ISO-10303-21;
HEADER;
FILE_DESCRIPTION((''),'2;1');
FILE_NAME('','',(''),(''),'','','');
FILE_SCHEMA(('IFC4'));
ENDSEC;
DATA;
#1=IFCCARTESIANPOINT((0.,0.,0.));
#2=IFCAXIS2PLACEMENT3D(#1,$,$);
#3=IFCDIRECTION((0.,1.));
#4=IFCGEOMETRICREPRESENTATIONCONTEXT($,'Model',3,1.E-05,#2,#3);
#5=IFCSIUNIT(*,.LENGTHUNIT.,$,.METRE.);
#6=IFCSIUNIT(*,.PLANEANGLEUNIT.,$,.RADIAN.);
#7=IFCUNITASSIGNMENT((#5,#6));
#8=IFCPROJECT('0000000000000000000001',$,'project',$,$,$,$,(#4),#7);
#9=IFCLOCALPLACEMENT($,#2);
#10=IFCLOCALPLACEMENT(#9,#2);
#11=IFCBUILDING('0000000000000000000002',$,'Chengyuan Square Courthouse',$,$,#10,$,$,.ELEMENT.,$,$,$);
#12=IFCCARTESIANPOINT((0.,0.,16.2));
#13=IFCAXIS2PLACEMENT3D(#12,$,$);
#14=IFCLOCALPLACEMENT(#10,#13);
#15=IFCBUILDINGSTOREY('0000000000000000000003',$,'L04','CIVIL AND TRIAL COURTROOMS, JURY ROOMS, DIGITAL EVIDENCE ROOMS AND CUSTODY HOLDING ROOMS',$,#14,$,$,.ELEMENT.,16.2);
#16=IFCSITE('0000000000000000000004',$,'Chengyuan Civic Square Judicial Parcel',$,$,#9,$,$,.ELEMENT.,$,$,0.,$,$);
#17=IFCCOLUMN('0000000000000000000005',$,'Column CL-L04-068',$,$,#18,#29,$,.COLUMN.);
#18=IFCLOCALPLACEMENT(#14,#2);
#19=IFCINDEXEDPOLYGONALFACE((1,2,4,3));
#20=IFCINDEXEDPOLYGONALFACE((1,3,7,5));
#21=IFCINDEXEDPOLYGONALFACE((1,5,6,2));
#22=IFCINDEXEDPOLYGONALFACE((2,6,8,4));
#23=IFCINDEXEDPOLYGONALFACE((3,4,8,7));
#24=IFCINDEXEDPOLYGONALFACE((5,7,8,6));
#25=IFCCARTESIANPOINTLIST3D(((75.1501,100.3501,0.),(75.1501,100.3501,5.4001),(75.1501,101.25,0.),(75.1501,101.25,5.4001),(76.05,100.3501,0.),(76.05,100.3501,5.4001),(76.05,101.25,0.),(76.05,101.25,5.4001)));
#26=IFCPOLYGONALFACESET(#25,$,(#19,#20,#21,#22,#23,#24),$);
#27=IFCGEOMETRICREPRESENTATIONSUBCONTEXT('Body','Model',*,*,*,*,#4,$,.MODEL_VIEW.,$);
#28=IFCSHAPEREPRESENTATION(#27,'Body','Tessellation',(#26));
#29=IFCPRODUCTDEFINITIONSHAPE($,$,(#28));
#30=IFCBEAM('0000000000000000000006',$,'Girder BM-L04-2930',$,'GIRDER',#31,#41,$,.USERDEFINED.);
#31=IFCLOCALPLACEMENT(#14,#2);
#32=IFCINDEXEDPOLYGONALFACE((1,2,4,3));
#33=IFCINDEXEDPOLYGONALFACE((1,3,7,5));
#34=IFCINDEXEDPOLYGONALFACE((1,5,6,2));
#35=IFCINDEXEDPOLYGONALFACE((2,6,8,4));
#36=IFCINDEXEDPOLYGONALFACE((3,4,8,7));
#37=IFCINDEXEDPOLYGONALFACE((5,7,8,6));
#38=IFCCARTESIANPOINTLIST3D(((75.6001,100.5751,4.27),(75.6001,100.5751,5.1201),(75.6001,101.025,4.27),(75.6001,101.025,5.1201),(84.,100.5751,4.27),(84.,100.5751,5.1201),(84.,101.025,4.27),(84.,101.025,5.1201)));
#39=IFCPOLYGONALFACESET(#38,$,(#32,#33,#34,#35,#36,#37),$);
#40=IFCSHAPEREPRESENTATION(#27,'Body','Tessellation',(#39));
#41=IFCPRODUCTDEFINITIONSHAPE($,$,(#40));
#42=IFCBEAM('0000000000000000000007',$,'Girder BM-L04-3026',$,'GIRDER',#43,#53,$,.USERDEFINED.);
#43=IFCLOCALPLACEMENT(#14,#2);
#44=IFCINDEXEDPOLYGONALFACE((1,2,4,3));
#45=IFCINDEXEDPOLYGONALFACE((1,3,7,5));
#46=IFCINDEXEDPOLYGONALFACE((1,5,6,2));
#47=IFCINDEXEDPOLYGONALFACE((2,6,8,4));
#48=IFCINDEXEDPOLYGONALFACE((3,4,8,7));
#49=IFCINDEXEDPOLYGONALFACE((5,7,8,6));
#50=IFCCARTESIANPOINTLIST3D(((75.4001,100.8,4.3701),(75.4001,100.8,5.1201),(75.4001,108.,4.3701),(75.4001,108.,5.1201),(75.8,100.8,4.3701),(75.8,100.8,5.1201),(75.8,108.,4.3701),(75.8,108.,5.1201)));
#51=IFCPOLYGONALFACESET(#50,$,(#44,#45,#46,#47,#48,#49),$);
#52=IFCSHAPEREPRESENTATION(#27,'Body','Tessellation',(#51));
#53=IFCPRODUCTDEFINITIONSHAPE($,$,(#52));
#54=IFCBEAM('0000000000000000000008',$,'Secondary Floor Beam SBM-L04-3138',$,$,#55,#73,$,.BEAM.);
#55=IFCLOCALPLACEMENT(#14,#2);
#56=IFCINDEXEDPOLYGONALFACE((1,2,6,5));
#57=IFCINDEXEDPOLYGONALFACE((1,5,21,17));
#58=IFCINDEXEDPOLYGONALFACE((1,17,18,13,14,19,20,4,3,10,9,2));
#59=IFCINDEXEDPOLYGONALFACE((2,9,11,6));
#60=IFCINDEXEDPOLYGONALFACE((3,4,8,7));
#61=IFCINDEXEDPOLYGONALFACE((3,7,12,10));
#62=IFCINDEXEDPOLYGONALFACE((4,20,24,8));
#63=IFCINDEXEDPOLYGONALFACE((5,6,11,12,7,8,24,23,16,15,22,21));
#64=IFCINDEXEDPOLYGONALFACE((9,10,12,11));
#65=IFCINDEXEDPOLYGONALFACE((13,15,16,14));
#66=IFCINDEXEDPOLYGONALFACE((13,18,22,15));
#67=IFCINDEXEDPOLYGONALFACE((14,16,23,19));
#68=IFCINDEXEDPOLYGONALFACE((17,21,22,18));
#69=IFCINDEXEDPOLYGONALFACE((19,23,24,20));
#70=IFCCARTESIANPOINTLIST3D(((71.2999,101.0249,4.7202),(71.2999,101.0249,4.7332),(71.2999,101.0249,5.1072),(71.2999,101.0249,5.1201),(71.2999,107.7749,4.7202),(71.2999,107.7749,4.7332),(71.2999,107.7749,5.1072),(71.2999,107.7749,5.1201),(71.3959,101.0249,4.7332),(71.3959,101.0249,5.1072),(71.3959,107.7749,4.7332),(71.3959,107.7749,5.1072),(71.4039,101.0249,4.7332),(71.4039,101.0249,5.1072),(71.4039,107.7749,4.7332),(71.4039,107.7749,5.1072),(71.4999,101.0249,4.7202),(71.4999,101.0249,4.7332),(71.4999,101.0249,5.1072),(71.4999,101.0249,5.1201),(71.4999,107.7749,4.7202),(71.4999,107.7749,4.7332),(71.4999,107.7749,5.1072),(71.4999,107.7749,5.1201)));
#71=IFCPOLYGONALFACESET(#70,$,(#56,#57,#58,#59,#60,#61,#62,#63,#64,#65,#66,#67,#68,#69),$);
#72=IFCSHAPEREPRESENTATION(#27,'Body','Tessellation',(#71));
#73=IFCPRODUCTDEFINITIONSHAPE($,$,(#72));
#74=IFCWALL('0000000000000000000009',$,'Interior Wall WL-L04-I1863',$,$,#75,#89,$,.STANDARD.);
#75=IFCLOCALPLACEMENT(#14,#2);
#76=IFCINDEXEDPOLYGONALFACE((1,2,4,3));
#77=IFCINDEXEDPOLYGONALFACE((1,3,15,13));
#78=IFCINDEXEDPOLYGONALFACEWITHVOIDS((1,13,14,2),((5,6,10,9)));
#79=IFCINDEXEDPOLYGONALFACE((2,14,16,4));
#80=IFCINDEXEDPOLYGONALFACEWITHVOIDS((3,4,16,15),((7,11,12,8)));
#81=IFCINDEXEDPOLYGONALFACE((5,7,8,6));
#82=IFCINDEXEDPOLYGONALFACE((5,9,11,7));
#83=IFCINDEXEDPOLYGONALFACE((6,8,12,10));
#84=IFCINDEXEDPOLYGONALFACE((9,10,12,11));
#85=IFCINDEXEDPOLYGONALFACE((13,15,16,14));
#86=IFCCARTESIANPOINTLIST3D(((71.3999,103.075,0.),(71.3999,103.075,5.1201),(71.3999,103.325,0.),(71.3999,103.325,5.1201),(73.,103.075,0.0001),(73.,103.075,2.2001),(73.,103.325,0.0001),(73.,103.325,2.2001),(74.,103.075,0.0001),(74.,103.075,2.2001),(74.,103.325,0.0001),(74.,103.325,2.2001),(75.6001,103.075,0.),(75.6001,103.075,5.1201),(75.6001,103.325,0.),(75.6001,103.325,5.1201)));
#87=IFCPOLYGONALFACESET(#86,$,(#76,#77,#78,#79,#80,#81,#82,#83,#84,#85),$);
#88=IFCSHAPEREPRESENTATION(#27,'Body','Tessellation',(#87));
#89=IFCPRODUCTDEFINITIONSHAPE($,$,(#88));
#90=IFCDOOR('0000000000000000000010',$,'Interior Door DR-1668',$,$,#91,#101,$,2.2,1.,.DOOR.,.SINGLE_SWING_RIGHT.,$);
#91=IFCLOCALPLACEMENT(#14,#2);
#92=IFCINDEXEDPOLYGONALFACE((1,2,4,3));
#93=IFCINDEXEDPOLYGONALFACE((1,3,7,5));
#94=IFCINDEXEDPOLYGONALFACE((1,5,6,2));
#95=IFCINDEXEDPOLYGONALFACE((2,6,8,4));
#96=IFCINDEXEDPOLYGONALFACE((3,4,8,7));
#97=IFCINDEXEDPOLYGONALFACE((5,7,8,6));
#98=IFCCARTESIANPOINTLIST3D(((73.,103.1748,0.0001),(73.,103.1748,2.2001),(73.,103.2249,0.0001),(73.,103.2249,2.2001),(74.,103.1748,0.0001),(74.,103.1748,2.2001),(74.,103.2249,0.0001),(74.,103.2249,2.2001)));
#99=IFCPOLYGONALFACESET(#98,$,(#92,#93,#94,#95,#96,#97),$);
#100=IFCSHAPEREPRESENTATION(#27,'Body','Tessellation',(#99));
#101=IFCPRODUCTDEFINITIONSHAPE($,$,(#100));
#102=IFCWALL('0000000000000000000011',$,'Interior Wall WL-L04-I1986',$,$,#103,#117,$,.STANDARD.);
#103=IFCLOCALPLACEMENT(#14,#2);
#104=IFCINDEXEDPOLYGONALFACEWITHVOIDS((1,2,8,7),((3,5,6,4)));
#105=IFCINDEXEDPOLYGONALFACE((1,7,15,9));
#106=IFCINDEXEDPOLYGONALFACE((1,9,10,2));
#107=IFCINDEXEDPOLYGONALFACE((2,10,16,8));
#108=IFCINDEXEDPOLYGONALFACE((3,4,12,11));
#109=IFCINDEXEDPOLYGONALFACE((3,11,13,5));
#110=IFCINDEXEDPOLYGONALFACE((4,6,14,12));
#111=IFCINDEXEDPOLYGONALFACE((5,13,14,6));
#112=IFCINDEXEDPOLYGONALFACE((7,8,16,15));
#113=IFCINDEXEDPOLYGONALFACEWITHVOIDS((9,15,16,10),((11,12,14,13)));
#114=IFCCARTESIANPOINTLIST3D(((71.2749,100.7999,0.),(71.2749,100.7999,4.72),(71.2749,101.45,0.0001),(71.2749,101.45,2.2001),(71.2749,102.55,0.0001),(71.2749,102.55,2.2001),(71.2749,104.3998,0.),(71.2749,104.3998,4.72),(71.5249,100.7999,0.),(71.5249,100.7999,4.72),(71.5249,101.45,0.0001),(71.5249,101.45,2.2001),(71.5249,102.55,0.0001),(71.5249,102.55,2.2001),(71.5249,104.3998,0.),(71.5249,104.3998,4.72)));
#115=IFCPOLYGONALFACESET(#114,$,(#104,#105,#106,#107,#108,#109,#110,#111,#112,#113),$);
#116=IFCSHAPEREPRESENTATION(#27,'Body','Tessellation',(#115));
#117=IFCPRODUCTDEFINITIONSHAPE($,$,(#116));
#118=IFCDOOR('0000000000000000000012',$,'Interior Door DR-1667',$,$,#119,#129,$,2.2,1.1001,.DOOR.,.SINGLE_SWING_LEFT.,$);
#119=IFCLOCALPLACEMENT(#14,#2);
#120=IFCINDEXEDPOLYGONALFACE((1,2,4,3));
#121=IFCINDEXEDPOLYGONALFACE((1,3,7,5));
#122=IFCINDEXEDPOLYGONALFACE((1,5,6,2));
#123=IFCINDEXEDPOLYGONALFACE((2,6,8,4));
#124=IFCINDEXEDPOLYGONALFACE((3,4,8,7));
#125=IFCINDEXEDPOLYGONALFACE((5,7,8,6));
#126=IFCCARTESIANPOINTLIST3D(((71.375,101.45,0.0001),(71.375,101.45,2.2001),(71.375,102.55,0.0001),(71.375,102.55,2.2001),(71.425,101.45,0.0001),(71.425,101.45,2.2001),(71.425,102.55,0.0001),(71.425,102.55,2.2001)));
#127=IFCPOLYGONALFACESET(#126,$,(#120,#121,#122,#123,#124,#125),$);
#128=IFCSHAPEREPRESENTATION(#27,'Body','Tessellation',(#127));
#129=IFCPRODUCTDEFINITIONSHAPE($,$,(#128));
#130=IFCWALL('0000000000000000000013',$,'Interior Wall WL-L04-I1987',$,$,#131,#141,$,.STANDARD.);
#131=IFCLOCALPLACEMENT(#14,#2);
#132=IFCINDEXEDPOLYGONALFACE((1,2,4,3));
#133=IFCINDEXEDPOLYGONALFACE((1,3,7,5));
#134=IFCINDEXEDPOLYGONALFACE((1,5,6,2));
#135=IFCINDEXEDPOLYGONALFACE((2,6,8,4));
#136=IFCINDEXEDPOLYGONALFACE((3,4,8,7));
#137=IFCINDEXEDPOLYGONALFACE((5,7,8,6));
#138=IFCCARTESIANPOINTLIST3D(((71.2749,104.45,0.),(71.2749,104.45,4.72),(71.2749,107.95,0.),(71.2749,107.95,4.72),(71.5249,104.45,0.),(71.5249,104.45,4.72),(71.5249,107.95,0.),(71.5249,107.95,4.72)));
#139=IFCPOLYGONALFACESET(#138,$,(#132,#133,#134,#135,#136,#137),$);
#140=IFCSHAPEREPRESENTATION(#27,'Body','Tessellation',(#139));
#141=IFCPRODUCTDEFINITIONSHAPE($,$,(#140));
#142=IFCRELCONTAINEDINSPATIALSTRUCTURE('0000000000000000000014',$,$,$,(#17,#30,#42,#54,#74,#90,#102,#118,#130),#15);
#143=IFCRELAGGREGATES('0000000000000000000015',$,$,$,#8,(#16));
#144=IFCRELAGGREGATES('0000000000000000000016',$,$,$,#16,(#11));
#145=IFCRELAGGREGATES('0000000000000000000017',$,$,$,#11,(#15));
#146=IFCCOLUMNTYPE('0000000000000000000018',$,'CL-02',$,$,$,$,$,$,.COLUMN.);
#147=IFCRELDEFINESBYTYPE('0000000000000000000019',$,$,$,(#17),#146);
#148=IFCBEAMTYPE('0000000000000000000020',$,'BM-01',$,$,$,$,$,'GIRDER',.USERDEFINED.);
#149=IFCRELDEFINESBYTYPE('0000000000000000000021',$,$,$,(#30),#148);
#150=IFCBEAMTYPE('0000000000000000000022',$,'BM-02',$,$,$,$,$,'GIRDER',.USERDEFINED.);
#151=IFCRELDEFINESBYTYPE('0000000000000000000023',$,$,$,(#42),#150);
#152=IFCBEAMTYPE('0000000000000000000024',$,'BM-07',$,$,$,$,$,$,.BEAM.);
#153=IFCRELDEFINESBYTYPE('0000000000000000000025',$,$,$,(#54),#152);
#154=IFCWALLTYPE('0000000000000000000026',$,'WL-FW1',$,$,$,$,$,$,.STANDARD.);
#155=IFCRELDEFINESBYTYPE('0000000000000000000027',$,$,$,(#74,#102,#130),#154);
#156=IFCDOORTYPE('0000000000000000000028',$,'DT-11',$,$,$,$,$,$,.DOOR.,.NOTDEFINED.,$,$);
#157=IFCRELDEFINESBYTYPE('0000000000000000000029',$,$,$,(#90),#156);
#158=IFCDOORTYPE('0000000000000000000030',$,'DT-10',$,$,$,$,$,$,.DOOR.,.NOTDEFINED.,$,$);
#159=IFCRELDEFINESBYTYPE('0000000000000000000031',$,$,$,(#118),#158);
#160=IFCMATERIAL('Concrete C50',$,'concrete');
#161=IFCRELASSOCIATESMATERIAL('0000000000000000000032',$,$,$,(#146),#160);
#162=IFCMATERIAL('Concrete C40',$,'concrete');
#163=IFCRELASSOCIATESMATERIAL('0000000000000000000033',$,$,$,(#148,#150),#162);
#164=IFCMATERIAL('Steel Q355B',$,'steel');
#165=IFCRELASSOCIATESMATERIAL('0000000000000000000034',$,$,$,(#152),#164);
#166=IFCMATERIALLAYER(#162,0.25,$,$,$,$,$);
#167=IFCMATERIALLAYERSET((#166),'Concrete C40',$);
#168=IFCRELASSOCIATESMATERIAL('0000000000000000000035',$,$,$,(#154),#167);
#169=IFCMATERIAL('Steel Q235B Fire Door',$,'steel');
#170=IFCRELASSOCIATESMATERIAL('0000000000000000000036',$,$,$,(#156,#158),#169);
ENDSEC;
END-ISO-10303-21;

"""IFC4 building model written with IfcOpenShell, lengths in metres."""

from ifc_helpers import new_model, si_unit, direction, frame, frame_2d, origin, origin_2d, place, context, subcontext, project, spatial, rectangle, i_section, extrude, material, layer, layer_set, material_profile, profile_set, type_object, element, fill, save


model = new_model("IFC4")

# Units and contexts
model_context = context("Model", 3, precision=1e-05, world=origin(), true_north=direction((0.0, 1.0)))
body_context = subcontext(model_context, "Body", "Model", "MODEL_VIEW")
ifc_project = project(units=[si_unit("LENGTHUNIT", "METRE"), si_unit("PLANEANGLEUNIT", "RADIAN")], contexts=[model_context])

# Site, building, storey
site_placement = place(None, origin())
site = spatial("IfcSite", under=ifc_project, at=site_placement, Name="Chengyuan Civic Square Judicial Parcel", CompositionType="ELEMENT", RefElevation=0.0)
building_placement = place(site_placement, origin())
building = spatial("IfcBuilding", under=site, at=building_placement, Name="Chengyuan Square Courthouse", CompositionType="ELEMENT")
storey_placement = place(building_placement, frame((0.0, 0.0, 16.2)))
storey = spatial("IfcBuildingStorey", under=building, at=storey_placement, Name="L04", Description="CIVIL AND TRIAL COURTROOMS, JURY ROOMS, DIGITAL EVIDENCE ROOMS AND CUSTODY HOLDING ROOMS", CompositionType="ELEMENT", Elevation=16.2)

# Column
ifc_material_1 = material(Name="Concrete C50", Category="concrete")
ifc_material_profile_1 = material_profile(ifc_material_1, rectangle(XDim=0.8999, YDim=0.8999, at=origin_2d()), Name="RC-COL-900x900")
ifc_profile_set_1 = profile_set([ifc_material_profile_1], Name="Concrete C50")
column_type = type_object("IfcColumnType", Name="CL-02", PredefinedType="COLUMN", material=ifc_profile_set_1)
column_placement = place(storey_placement, frame((75.6001, 100.8, 0.0), z_axis=(0.0, 0.0, 1.0), x_axis=(1.0, 0.0, 0.0)))
element("IfcColumn", 1, at=column_placement, inside=storey, type_object=column_type, Name="Column CL-L04-068", PredefinedType="COLUMN", context=body_context, shape_type="SweptSolid", body=[
    extrude(rectangle(XDim=0.8999, YDim=0.8999, at=origin_2d()), origin(), (0.0, 0.0, 1.0), 5.4001),
])

# Beams
ifc_material_2 = material(Name="Concrete C40", Category="concrete")
ifc_material_profile_2 = material_profile(ifc_material_2, rectangle(XDim=0.45, YDim=0.8501, at=origin_2d()), Name="RC-BM-450x850")
ifc_profile_set_2 = profile_set([ifc_material_profile_2], Name="Concrete C40")
beam_type_1 = type_object("IfcBeamType", Name="BM-01", ElementType="GIRDER", PredefinedType="USERDEFINED", material=ifc_profile_set_2)
beam_1_placement = place(storey_placement, frame((75.6001, 100.8, 4.6951), z_axis=(1.0, 0.0, 0.0), x_axis=(0.0, 1.0, 0.0)))
element("IfcBeam", 2, at=beam_1_placement, inside=storey, type_object=beam_type_1, Name="Girder BM-L04-2930", ObjectType="GIRDER", PredefinedType="USERDEFINED", context=body_context, shape_type="SweptSolid", body=[
    extrude(rectangle(XDim=0.45, YDim=0.8501, at=origin_2d()), origin(), (0.0, 0.0, 1.0), 8.3999),
])
ifc_material_profile_3 = material_profile(ifc_material_2, rectangle(XDim=0.3999, YDim=0.75, at=origin_2d()), Name="RC-BM-400x750")
ifc_profile_set_3 = profile_set([ifc_material_profile_3], Name="Concrete C40")
beam_type_2 = type_object("IfcBeamType", Name="BM-02", ElementType="GIRDER", PredefinedType="USERDEFINED", material=ifc_profile_set_3)
beam_2_placement = place(storey_placement, frame((75.6001, 100.8, 4.7451), z_axis=(0.0, 1.0, 0.0), x_axis=(-1.0, 0.0, 0.0)))
element("IfcBeam", 3, at=beam_2_placement, inside=storey, type_object=beam_type_2, Name="Girder BM-L04-3026", ObjectType="GIRDER", PredefinedType="USERDEFINED", context=body_context, shape_type="SweptSolid", body=[
    extrude(rectangle(XDim=0.3999, YDim=0.75, at=origin_2d()), origin(), (0.0, 0.0, 1.0), 7.2),
])
ifc_material_3 = material(Name="Steel Q355B", Category="steel")
ifc_material_profile_4 = material_profile(ifc_material_3, i_section(OverallWidth=0.2, OverallDepth=0.3999, WebThickness=0.0081, FlangeThickness=0.0129, at=origin_2d()), Name="HN 400x200x8x13")
ifc_profile_set_4 = profile_set([ifc_material_profile_4], Name="Steel Q355B")
beam_type_3 = type_object("IfcBeamType", Name="BM-07", PredefinedType="BEAM", material=ifc_profile_set_4)
beam_3_placement = place(storey_placement, frame((71.3999, 101.0249, 4.9202), z_axis=(0.0, 1.0, 0.0), x_axis=(-1.0, 0.0, 0.0)))
element("IfcBeam", 4, at=beam_3_placement, inside=storey, type_object=beam_type_3, Name="Secondary Floor Beam SBM-L04-3138", PredefinedType="BEAM", context=body_context, shape_type="SweptSolid", body=[
    extrude(i_section(OverallWidth=0.2, OverallDepth=0.3999, WebThickness=0.0081, FlangeThickness=0.0129, at=origin_2d()), origin(), (0.0, 0.0, 1.0), 6.75),
])

# Walls, openings, doors
ifc_layer_1 = layer(ifc_material_2, 0.25)
ifc_layer_set_1 = layer_set([ifc_layer_1], Name="Concrete C40")
wall_type_1 = type_object("IfcWallType", Name="WL-FW1", PredefinedType="STANDARD", material=ifc_layer_set_1)
wall_1_placement = place(storey_placement, frame((71.3999, 103.2, 0.0), z_axis=(0.0, 0.0, 1.0), x_axis=(1.0, 0.0, 0.0)))
wall_1 = element("IfcWall", 5, at=wall_1_placement, inside=storey, type_object=wall_type_1, Name="Interior Wall WL-L04-I1863", PredefinedType="STANDARD", context=body_context, shape_type="SweptSolid", body=[
    extrude(rectangle(XDim=4.2002, YDim=0.25, at=frame_2d((2.1001, 0.0))), origin(), (0.0, 0.0, 1.0), 5.1201),
])
opening_1_placement = place(wall_1_placement, frame((1.6001, 0.0, 0.0)))
opening_1 = element("IfcOpeningElement", 6, at=opening_1_placement, cuts=wall_1, PredefinedType="OPENING", context=body_context, shape_type="SweptSolid", body=[
    extrude(rectangle(XDim=1.0, YDim=2.2, at=frame_2d((0.5, 1.1001))), frame((0.0, 0.137, 0.0), z_axis=(0.0, -1.0, 0.0), x_axis=(1.0, 0.0, 0.0)), (0.0, 0.0, 1.0), 0.2739),
])
ifc_material_4 = material(Name="Steel Q235B Fire Door", Category="steel")
door_type_1 = type_object("IfcDoorType", Name="DT-11", OperationType="NOTDEFINED", PredefinedType="DOOR", material=ifc_material_4)
door_1_placement = place(opening_1_placement, origin())
door_1 = element("IfcDoor", 7, at=door_1_placement, inside=storey, type_object=door_type_1, Name="Interior Door DR-1668", OperationType="SINGLE_SWING_RIGHT", OverallHeight=2.2, OverallWidth=1.0, PredefinedType="DOOR", context=body_context, shape_type="SweptSolid", body=[
    extrude(rectangle(XDim=1.0, YDim=2.2, at=frame_2d((0.5, 1.1001))), frame((0.0, 0.0249, 0.0), z_axis=(0.0, -1.0, 0.0), x_axis=(1.0, 0.0, 0.0)), (0.0, 0.0, 1.0), 0.05),
])
fill(opening_1, door_1)
wall_2_placement = place(storey_placement, frame((71.3999, 100.8, 0.0), z_axis=(0.0, 0.0, 1.0), x_axis=(0.0, 1.0, 0.0)))
wall_2 = element("IfcWall", 8, at=wall_2_placement, inside=storey, type_object=wall_type_1, Name="Interior Wall WL-L04-I1986", PredefinedType="STANDARD", context=body_context, shape_type="SweptSolid", body=[
    extrude(rectangle(XDim=3.5999, YDim=0.25, at=frame_2d((1.7998, 0.0))), origin(), (0.0, 0.0, 1.0), 4.72),
])
opening_2_placement = place(wall_2_placement, frame((0.6499, 0.0, 0.0)))
opening_2 = element("IfcOpeningElement", 9, at=opening_2_placement, cuts=wall_2, PredefinedType="OPENING", context=body_context, shape_type="SweptSolid", body=[
    extrude(rectangle(XDim=1.1001, YDim=2.2, at=frame_2d((0.55, 1.1001))), frame((0.0, 0.137, 0.0), z_axis=(0.0, -1.0, 0.0), x_axis=(1.0, 0.0, 0.0)), (0.0, 0.0, 1.0), 0.2739),
])
door_type_2 = type_object("IfcDoorType", Name="DT-10", OperationType="NOTDEFINED", PredefinedType="DOOR", material=ifc_material_4)
door_2_placement = place(opening_2_placement, origin())
door_2 = element("IfcDoor", 10, at=door_2_placement, inside=storey, type_object=door_type_2, Name="Interior Door DR-1667", OperationType="SINGLE_SWING_LEFT", OverallHeight=2.2, OverallWidth=1.1001, PredefinedType="DOOR", context=body_context, shape_type="SweptSolid", body=[
    extrude(rectangle(XDim=1.1001, YDim=2.2, at=frame_2d((0.55, 1.1001))), frame((0.0, 0.0249, 0.0), z_axis=(0.0, -1.0, 0.0), x_axis=(1.0, 0.0, 0.0)), (0.0, 0.0, 1.0), 0.05),
])
fill(opening_2, door_2)

# Wall
wall_3_placement = place(storey_placement, frame((71.3999, 104.45, 0.0), z_axis=(0.0, 0.0, 1.0), x_axis=(0.0, 1.0, 0.0)))
element("IfcWall", 11, at=wall_3_placement, inside=storey, type_object=wall_type_1, Name="Interior Wall WL-L04-I1987", PredefinedType="STANDARD", context=body_context, shape_type="SweptSolid", body=[
    extrude(rectangle(XDim=3.5, YDim=0.25, at=frame_2d((1.75, 0.0))), origin(), (0.0, 0.0, 1.0), 4.72),
])

save(model, "model.ifc")
